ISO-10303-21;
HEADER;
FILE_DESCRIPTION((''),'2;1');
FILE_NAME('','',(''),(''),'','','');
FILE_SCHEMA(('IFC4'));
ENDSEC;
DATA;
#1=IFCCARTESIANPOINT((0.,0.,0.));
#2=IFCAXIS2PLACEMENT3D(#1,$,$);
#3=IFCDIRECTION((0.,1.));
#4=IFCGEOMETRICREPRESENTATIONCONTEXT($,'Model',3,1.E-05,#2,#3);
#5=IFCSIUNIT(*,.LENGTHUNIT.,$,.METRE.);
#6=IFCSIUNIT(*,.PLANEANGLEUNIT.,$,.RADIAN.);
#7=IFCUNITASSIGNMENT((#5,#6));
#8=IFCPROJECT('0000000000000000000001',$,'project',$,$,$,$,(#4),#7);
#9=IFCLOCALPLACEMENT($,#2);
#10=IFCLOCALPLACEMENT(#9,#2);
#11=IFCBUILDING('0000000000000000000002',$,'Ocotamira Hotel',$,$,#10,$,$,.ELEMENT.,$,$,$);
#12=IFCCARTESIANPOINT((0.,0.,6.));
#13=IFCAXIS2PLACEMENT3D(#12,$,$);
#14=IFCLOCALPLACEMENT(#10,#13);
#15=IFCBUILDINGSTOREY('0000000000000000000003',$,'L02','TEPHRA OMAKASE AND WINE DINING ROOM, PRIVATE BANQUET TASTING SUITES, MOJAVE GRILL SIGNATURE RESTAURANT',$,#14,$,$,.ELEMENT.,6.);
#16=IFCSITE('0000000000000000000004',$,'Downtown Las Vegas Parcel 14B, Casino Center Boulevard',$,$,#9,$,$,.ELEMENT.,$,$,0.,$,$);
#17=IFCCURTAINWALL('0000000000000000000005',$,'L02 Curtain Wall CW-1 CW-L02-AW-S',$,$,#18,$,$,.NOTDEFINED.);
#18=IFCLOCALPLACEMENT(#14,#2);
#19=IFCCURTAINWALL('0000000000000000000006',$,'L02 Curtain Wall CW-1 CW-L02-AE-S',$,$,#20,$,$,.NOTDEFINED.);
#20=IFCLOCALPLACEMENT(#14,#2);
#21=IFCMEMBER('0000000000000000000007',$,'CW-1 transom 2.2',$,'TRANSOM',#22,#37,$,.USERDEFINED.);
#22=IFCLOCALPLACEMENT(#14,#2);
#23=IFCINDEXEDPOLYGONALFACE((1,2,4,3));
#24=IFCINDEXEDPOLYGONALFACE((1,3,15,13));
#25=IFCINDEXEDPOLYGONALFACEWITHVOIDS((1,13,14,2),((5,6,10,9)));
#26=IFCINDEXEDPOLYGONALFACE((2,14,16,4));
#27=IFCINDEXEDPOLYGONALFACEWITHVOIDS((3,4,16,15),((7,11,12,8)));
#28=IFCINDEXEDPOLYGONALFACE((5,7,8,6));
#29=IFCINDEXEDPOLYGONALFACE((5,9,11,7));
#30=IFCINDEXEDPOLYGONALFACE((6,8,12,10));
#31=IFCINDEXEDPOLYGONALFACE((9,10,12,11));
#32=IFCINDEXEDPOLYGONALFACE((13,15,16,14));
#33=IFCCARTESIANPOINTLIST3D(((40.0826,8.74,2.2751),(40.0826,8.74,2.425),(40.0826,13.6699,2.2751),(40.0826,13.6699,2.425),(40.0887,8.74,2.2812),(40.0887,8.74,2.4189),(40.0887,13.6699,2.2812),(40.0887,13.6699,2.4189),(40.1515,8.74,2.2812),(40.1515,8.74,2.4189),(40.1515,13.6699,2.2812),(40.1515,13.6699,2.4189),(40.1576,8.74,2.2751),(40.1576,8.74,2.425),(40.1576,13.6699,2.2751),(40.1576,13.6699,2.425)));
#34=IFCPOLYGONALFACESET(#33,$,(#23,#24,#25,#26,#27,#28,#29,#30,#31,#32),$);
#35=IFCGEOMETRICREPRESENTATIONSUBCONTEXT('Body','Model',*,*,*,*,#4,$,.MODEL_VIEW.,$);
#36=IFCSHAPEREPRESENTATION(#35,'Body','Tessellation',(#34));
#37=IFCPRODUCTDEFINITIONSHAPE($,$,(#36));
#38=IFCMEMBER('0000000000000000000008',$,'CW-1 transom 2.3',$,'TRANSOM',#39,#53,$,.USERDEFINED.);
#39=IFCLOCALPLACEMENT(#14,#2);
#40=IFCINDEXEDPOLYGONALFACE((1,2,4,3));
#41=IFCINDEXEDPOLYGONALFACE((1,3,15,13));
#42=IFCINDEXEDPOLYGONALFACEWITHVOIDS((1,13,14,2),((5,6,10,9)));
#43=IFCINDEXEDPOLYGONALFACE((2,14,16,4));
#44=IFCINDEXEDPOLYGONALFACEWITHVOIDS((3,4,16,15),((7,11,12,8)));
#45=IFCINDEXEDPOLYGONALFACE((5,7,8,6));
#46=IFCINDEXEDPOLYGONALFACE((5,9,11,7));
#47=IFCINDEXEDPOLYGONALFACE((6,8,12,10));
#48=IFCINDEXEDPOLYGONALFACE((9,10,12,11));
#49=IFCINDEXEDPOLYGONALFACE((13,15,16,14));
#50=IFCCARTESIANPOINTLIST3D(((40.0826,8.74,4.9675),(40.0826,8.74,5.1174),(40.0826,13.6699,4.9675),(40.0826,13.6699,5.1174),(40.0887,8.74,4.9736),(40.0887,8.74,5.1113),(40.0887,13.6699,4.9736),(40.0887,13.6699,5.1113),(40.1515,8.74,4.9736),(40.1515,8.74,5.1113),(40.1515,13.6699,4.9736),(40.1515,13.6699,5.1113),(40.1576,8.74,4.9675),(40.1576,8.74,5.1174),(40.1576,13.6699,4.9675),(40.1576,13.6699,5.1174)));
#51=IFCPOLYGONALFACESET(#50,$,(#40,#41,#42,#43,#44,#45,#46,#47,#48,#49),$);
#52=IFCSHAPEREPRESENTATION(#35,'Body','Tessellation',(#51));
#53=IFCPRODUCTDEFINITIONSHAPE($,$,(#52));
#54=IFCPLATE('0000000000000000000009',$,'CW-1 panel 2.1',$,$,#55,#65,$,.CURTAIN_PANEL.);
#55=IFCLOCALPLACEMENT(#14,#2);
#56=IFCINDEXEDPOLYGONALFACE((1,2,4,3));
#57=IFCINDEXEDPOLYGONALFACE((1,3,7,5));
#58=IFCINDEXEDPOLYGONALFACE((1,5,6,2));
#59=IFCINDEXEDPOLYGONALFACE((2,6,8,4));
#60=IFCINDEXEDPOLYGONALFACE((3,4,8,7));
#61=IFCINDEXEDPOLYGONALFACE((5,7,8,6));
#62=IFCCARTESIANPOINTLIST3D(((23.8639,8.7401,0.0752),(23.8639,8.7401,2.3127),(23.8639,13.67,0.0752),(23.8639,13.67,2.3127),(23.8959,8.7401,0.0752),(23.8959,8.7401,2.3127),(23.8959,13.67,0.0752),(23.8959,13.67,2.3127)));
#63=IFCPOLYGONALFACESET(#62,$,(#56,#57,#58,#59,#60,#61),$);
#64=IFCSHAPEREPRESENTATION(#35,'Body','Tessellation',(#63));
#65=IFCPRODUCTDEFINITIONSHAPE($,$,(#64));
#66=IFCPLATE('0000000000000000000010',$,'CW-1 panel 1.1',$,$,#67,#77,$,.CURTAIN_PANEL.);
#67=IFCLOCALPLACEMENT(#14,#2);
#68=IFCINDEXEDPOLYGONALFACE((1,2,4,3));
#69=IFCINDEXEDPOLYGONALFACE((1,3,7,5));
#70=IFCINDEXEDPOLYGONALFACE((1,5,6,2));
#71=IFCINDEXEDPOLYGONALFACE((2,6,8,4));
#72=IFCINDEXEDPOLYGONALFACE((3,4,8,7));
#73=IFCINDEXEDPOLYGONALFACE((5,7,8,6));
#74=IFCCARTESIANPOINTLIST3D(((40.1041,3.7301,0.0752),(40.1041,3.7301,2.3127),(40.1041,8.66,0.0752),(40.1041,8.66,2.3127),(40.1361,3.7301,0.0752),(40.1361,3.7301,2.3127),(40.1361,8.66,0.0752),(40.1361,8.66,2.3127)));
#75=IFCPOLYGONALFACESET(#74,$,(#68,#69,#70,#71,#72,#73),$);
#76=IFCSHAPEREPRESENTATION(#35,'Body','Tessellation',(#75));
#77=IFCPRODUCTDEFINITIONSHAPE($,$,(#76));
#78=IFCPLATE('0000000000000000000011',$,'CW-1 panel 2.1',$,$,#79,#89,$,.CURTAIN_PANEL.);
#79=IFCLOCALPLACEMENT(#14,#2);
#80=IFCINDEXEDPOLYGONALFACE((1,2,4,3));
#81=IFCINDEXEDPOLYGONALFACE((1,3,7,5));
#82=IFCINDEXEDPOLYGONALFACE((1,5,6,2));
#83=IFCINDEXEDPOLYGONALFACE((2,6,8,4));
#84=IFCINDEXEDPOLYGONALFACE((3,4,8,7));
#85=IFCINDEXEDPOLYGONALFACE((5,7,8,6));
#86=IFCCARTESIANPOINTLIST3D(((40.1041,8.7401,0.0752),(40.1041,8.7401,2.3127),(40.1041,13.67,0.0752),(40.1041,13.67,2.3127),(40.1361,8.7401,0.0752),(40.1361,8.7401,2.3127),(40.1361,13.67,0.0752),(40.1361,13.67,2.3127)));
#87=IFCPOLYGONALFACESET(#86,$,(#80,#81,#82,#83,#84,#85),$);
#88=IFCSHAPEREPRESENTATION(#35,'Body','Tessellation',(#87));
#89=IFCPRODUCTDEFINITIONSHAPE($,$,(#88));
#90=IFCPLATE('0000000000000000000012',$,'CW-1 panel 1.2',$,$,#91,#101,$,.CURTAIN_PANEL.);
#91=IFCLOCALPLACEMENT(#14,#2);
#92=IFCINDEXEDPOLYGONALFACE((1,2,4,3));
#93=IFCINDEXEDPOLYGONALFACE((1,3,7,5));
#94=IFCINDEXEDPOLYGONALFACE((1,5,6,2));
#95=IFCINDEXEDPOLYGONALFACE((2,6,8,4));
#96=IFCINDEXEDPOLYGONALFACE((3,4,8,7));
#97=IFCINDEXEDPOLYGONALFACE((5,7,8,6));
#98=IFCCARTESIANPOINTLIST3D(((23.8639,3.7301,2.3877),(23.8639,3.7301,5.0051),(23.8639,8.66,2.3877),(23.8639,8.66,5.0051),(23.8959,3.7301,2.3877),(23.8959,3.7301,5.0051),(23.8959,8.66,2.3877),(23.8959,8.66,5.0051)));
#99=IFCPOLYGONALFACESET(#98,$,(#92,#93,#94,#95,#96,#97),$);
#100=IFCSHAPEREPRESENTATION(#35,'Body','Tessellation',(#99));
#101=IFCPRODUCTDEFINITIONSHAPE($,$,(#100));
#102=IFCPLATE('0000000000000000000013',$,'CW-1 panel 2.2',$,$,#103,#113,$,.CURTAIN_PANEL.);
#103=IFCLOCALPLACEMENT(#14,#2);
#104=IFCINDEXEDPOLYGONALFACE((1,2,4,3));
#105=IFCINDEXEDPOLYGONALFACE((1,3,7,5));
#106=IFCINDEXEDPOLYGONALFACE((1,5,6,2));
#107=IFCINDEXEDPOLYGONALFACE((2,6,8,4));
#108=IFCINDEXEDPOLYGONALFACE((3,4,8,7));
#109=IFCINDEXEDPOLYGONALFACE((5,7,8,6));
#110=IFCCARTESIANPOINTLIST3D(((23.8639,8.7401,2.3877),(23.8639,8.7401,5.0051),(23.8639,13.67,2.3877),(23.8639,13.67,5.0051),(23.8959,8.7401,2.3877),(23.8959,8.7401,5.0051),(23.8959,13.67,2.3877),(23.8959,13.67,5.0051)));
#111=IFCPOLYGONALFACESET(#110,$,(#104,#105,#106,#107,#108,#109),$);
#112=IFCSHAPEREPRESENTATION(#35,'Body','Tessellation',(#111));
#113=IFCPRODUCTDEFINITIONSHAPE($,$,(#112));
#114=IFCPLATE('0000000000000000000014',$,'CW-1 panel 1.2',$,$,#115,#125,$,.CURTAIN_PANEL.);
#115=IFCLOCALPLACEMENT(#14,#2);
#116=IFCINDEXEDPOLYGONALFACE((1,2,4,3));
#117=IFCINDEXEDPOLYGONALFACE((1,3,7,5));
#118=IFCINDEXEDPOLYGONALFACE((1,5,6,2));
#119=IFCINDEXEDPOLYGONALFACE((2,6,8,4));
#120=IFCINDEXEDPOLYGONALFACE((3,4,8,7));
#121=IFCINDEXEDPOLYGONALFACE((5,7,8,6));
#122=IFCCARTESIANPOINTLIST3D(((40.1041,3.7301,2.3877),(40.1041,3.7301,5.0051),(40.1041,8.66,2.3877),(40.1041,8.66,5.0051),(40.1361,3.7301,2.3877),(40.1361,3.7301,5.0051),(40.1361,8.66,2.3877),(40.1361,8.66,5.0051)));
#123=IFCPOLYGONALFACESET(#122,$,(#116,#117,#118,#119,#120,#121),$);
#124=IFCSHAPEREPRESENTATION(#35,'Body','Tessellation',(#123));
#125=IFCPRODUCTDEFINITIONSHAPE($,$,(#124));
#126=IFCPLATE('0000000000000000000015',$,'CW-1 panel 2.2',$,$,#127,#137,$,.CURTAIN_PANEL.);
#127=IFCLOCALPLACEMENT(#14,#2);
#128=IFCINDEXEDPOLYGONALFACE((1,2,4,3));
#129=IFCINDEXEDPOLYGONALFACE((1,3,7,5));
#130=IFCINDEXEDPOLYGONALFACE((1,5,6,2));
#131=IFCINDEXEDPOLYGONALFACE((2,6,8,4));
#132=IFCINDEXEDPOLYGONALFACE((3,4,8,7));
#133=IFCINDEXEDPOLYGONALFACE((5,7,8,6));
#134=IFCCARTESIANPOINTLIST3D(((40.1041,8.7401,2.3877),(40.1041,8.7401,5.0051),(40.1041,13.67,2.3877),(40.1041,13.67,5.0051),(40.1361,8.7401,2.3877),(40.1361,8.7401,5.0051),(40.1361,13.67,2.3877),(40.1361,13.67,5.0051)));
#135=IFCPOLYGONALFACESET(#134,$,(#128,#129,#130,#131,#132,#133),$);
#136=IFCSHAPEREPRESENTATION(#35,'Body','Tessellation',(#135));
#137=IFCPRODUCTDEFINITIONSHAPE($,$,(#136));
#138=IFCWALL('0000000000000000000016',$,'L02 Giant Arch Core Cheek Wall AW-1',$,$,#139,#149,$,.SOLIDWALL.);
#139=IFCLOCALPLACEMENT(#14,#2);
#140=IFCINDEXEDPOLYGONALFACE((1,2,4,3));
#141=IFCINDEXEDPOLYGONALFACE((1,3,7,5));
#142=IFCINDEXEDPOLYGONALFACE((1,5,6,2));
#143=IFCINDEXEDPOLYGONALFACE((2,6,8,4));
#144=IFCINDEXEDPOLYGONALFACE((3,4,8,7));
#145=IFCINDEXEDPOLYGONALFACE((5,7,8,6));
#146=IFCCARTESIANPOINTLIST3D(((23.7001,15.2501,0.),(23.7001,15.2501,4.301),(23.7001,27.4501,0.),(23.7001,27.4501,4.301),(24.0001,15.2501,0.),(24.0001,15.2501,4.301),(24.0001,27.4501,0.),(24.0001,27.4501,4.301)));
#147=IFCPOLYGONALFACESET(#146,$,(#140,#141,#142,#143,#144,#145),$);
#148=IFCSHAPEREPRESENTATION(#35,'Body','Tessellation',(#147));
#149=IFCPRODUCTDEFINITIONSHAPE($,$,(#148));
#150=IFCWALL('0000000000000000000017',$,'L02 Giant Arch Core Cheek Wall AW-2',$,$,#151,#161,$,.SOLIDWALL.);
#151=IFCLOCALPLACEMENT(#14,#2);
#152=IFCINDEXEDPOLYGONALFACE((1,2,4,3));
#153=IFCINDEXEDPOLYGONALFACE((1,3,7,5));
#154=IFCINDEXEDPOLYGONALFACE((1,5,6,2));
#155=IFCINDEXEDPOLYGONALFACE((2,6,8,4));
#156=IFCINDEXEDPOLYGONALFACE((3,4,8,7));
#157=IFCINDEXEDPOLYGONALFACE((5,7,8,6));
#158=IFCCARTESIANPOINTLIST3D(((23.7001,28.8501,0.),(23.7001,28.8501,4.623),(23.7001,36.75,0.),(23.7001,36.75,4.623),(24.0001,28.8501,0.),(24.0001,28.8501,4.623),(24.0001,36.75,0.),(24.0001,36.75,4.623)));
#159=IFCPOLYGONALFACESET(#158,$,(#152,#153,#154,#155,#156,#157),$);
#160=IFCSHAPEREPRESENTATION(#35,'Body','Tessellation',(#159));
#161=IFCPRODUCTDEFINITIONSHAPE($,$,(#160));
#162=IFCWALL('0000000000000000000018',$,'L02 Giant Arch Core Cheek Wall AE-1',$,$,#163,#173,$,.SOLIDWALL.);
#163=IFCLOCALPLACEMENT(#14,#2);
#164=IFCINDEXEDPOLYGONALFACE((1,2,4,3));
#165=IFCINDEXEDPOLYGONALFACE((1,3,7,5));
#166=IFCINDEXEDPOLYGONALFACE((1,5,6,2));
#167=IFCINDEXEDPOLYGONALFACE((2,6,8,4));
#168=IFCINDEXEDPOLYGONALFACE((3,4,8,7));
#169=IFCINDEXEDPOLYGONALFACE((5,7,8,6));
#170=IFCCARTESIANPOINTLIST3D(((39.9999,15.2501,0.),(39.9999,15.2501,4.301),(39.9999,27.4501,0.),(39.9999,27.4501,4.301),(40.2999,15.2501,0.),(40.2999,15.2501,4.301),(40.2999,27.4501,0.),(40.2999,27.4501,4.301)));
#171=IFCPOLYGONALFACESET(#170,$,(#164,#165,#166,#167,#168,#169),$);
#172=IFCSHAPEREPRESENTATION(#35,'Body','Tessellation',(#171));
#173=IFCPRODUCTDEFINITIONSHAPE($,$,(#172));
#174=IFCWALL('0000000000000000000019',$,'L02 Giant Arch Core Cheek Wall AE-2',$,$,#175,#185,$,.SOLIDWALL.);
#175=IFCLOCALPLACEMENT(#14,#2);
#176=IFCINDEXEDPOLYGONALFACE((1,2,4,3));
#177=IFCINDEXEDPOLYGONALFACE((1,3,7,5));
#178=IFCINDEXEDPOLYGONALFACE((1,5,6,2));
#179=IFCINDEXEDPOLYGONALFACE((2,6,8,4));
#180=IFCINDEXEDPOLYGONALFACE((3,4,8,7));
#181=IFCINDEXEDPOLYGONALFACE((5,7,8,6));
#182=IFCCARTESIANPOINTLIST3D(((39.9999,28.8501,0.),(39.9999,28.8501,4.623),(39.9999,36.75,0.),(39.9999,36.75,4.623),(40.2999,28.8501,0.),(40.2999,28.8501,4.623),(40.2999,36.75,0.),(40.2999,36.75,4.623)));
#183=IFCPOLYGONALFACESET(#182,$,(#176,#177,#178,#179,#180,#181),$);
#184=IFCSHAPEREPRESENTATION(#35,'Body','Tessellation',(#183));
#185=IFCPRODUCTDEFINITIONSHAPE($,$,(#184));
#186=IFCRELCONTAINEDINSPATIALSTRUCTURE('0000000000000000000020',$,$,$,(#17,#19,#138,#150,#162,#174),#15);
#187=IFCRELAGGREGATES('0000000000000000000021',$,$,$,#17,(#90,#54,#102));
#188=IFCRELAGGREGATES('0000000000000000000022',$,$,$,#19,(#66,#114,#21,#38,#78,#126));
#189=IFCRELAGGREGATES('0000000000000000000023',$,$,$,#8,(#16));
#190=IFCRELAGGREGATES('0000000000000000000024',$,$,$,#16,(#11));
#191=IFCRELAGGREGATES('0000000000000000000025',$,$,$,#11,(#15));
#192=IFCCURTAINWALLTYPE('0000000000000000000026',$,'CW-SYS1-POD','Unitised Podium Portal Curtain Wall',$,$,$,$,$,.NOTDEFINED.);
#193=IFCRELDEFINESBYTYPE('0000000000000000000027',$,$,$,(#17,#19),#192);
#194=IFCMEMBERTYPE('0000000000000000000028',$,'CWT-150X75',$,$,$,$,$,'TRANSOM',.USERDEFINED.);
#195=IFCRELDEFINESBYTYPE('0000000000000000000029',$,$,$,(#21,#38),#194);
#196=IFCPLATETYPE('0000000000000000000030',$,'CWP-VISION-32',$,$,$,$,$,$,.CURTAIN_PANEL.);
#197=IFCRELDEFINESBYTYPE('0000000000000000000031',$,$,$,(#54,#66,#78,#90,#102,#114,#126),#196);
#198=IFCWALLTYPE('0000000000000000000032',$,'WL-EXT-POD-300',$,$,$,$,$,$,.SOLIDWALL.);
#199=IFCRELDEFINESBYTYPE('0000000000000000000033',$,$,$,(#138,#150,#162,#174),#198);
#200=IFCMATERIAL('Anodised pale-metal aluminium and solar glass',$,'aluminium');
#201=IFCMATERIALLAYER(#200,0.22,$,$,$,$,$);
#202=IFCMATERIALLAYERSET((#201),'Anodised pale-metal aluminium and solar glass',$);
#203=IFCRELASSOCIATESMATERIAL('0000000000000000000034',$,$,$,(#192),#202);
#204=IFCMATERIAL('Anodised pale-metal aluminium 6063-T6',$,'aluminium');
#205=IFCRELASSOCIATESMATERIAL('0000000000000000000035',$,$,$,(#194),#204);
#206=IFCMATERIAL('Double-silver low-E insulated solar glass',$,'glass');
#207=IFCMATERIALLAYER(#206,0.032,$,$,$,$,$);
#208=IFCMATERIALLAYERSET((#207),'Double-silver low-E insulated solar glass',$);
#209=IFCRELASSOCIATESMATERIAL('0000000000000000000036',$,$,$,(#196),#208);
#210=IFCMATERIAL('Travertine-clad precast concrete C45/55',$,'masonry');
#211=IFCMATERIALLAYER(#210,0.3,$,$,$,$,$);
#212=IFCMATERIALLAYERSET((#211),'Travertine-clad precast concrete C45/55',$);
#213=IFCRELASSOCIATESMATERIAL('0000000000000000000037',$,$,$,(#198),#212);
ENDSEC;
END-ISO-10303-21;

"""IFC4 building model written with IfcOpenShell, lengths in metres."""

from ifc_helpers import new_model, si_unit, direction, frame, frame_2d, origin, origin_2d, place, context, subcontext, project, spatial, rectangle, hollow_rectangle, extrude, source, transform, mapped, material, layer, layer_set, material_profile, profile_set, type_object, element, aggregate, save


model = new_model("IFC4")

# Units and contexts
model_context = context("Model", 3, precision=1e-05, world=origin(), true_north=direction((0.0, 1.0)))
body_context = subcontext(model_context, "Body", "Model", "MODEL_VIEW")
ifc_project = project(units=[si_unit("LENGTHUNIT", "METRE"), si_unit("PLANEANGLEUNIT", "RADIAN")], contexts=[model_context])

# Site, building, storey
site_placement = place(None, origin())
site = spatial("IfcSite", under=ifc_project, at=site_placement, Name="Downtown Las Vegas Parcel 14B, Casino Center Boulevard", CompositionType="ELEMENT", RefElevation=0.0)
building_placement = place(site_placement, origin())
building = spatial("IfcBuilding", under=site, at=building_placement, Name="Ocotamira Hotel", CompositionType="ELEMENT")
storey_placement = place(building_placement, frame((0.0, 0.0, 6.0)))
storey = spatial("IfcBuildingStorey", under=building, at=storey_placement, Name="L02", Description="TEPHRA OMAKASE AND WINE DINING ROOM, PRIVATE BANQUET TASTING SUITES, MOJAVE GRILL SIGNATURE RESTAURANT", CompositionType="ELEMENT", Elevation=6.0)

# Curtain walls
ifc_material_1 = material(Name="Anodised pale-metal aluminium and solar glass", Category="aluminium")
ifc_layer_1 = layer(ifc_material_1, 0.22)
ifc_layer_set_1 = layer_set([ifc_layer_1], Name="Anodised pale-metal aluminium and solar glass")
curtain_wall_type = type_object("IfcCurtainWallType", Name="CW-SYS1-POD", Description="Unitised Podium Portal Curtain Wall", PredefinedType="NOTDEFINED", material=ifc_layer_set_1)
curtain_wall_1_placement = place(storey_placement, origin())
curtain_wall_1 = element("IfcCurtainWall", 1, at=curtain_wall_1_placement, inside=storey, type_object=curtain_wall_type, Name="L02 Curtain Wall CW-1 CW-L02-AW-S", PredefinedType="NOTDEFINED")
ifc_material_2 = material(Name="Anodised pale-metal aluminium 6063-T6", Category="aluminium")
curtain_wall_2_placement = place(storey_placement, origin())
curtain_wall_2 = element("IfcCurtainWall", 2, at=curtain_wall_2_placement, inside=storey, type_object=curtain_wall_type, Name="L02 Curtain Wall CW-1 CW-L02-AE-S", PredefinedType="NOTDEFINED")

# Members
ifc_material_profile_1 = material_profile(ifc_material_2, hollow_rectangle(XDim=0.075, YDim=0.1499, WallThickness=0.0061, at=origin_2d()), Name="HSS150X75X6")
ifc_profile_set_1 = profile_set([ifc_material_profile_1], Name="Anodised pale-metal aluminium 6063-T6")
member_type_1 = type_object("IfcMemberType", Name="CWT-150X75", ElementType="TRANSOM", PredefinedType="USERDEFINED", material=ifc_profile_set_1)
shared_shape_1 = source(origin(), body_context, "Body", "SweptSolid", [
    extrude(hollow_rectangle(XDim=0.075, YDim=0.1499, WallThickness=0.0061, at=origin_2d()), origin(), (0.0, 0.0, 1.0), 4.9299),
])
member_1_placement = place(storey_placement, frame((40.1201, 8.74, 2.3501), z_axis=(0.0, 1.0, 0.0), x_axis=(-1.0, 0.0, 0.0)))
member_1 = element("IfcMember", 3, at=member_1_placement, type_object=member_type_1, Name="CW-1 transom 2.2", ObjectType="TRANSOM", PredefinedType="USERDEFINED", context=body_context, shape_type="MappedRepresentation", body=[
    mapped(shared_shape_1, transform((0.0, 0.0, 0.0), scale=1.0)),
])
member_2_placement = place(storey_placement, frame((40.1201, 8.74, 5.0425), z_axis=(0.0, 1.0, 0.0), x_axis=(-1.0, 0.0, 0.0)))
member_2 = element("IfcMember", 4, at=member_2_placement, type_object=member_type_1, Name="CW-1 transom 2.3", ObjectType="TRANSOM", PredefinedType="USERDEFINED", context=body_context, shape_type="MappedRepresentation", body=[
    mapped(shared_shape_1, transform((0.0, 0.0, 0.0), scale=1.0)),
])

# Plates
ifc_material_3 = material(Name="Double-silver low-E insulated solar glass", Category="glass")
ifc_layer_2 = layer(ifc_material_3, 0.032)
ifc_layer_set_2 = layer_set([ifc_layer_2], Name="Double-silver low-E insulated solar glass")
plate_type = type_object("IfcPlateType", Name="CWP-VISION-32", PredefinedType="CURTAIN_PANEL", material=ifc_layer_set_2)
shared_shape_2 = source(origin(), body_context, "Body", "SweptSolid", [
    extrude(rectangle(XDim=4.9299, YDim=0.032, at=origin_2d()), origin(), (0.0, 0.0, 1.0), 2.2375),
])
plate_1_placement = place(storey_placement, frame((23.8799, 11.2051, 0.0752), z_axis=(0.0, 0.0, 1.0), x_axis=(0.0, 1.0, 0.0)))
plate_1 = element("IfcPlate", 5, at=plate_1_placement, type_object=plate_type, Name="CW-1 panel 2.1", PredefinedType="CURTAIN_PANEL", context=body_context, shape_type="MappedRepresentation", body=[
    mapped(shared_shape_2, transform((0.0, 0.0, 0.0), scale=1.0)),
])
plate_2_placement = place(storey_placement, frame((40.1201, 6.1951, 0.0752), z_axis=(0.0, 0.0, 1.0), x_axis=(0.0, 1.0, 0.0)))
plate_2 = element("IfcPlate", 6, at=plate_2_placement, type_object=plate_type, Name="CW-1 panel 1.1", PredefinedType="CURTAIN_PANEL", context=body_context, shape_type="MappedRepresentation", body=[
    mapped(shared_shape_2, transform((0.0, 0.0, 0.0), scale=1.0)),
])
plate_3_placement = place(storey_placement, frame((40.1201, 11.2051, 0.0752), z_axis=(0.0, 0.0, 1.0), x_axis=(0.0, 1.0, 0.0)))
plate_3 = element("IfcPlate", 7, at=plate_3_placement, type_object=plate_type, Name="CW-1 panel 2.1", PredefinedType="CURTAIN_PANEL", context=body_context, shape_type="MappedRepresentation", body=[
    mapped(shared_shape_2, transform((0.0, 0.0, 0.0), scale=1.0)),
])
shared_shape_3 = source(origin(), body_context, "Body", "SweptSolid", [
    extrude(rectangle(XDim=4.9299, YDim=0.032, at=origin_2d()), origin(), (0.0, 0.0, 1.0), 2.6174),
])
plate_4_placement = place(storey_placement, frame((23.8799, 6.1951, 2.3877), z_axis=(0.0, 0.0, 1.0), x_axis=(0.0, 1.0, 0.0)))
plate_4 = element("IfcPlate", 8, at=plate_4_placement, type_object=plate_type, Name="CW-1 panel 1.2", PredefinedType="CURTAIN_PANEL", context=body_context, shape_type="MappedRepresentation", body=[
    mapped(shared_shape_3, transform((0.0, 0.0, 0.0), scale=1.0)),
])
plate_5_placement = place(storey_placement, frame((23.8799, 11.2051, 2.3877), z_axis=(0.0, 0.0, 1.0), x_axis=(0.0, 1.0, 0.0)))
plate_5 = element("IfcPlate", 9, at=plate_5_placement, type_object=plate_type, Name="CW-1 panel 2.2", PredefinedType="CURTAIN_PANEL", context=body_context, shape_type="MappedRepresentation", body=[
    mapped(shared_shape_3, transform((0.0, 0.0, 0.0), scale=1.0)),
])
aggregate(curtain_wall_1, [plate_4, plate_1, plate_5])
plate_6_placement = place(storey_placement, frame((40.1201, 6.1951, 2.3877), z_axis=(0.0, 0.0, 1.0), x_axis=(0.0, 1.0, 0.0)))
plate_6 = element("IfcPlate", 10, at=plate_6_placement, type_object=plate_type, Name="CW-1 panel 1.2", PredefinedType="CURTAIN_PANEL", context=body_context, shape_type="MappedRepresentation", body=[
    mapped(shared_shape_3, transform((0.0, 0.0, 0.0), scale=1.0)),
])
plate_7_placement = place(storey_placement, frame((40.1201, 11.2051, 2.3877), z_axis=(0.0, 0.0, 1.0), x_axis=(0.0, 1.0, 0.0)))
plate_7 = element("IfcPlate", 11, at=plate_7_placement, type_object=plate_type, Name="CW-1 panel 2.2", PredefinedType="CURTAIN_PANEL", context=body_context, shape_type="MappedRepresentation", body=[
    mapped(shared_shape_3, transform((0.0, 0.0, 0.0), scale=1.0)),
])
aggregate(curtain_wall_2, [plate_2, plate_6, member_1, member_2, plate_3, plate_7])

# Walls
ifc_material_4 = material(Name="Travertine-clad precast concrete C45/55", Category="masonry")
ifc_layer_3 = layer(ifc_material_4, 0.3)
ifc_layer_set_3 = layer_set([ifc_layer_3], Name="Travertine-clad precast concrete C45/55")
wall_type_1 = type_object("IfcWallType", Name="WL-EXT-POD-300", PredefinedType="SOLIDWALL", material=ifc_layer_set_3)
wall_1_placement = place(storey_placement, frame((23.8501, 15.25, 0.0), z_axis=(0.0, 0.0, 1.0), x_axis=(0.0, 1.0, 0.0)))
element("IfcWall", 12, at=wall_1_placement, inside=storey, type_object=wall_type_1, Name="L02 Giant Arch Core Cheek Wall AW-1", PredefinedType="SOLIDWALL", context=body_context, shape_type="SweptSolid", body=[
    extrude(rectangle(XDim=12.2, YDim=0.3, at=frame_2d((6.1001, 0.0))), origin(), (0.0, 0.0, 1.0), 4.301),
])
wall_2_placement = place(storey_placement, frame((23.8501, 28.8501, 0.0), z_axis=(0.0, 0.0, 1.0), x_axis=(0.0, 1.0, 0.0)))
element("IfcWall", 13, at=wall_2_placement, inside=storey, type_object=wall_type_1, Name="L02 Giant Arch Core Cheek Wall AW-2", PredefinedType="SOLIDWALL", context=body_context, shape_type="SweptSolid", body=[
    extrude(rectangle(XDim=7.8999, YDim=0.3, at=frame_2d((3.95, 0.0))), origin(), (0.0, 0.0, 1.0), 4.623),
])
wall_3_placement = place(storey_placement, frame((40.1499, 15.25, 0.0), z_axis=(0.0, 0.0, 1.0), x_axis=(0.0, 1.0, 0.0)))
element("IfcWall", 14, at=wall_3_placement, inside=storey, type_object=wall_type_1, Name="L02 Giant Arch Core Cheek Wall AE-1", PredefinedType="SOLIDWALL", context=body_context, shape_type="SweptSolid", body=[
    extrude(rectangle(XDim=12.2, YDim=0.3, at=frame_2d((6.1001, 0.0))), origin(), (0.0, 0.0, 1.0), 4.301),
])
wall_4_placement = place(storey_placement, frame((40.1499, 28.8501, 0.0), z_axis=(0.0, 0.0, 1.0), x_axis=(0.0, 1.0, 0.0)))
element("IfcWall", 15, at=wall_4_placement, inside=storey, type_object=wall_type_1, Name="L02 Giant Arch Core Cheek Wall AE-2", PredefinedType="SOLIDWALL", context=body_context, shape_type="SweptSolid", body=[
    extrude(rectangle(XDim=7.8999, YDim=0.3, at=frame_2d((3.95, 0.0))), origin(), (0.0, 0.0, 1.0), 4.623),
])

save(model, "model.ifc")
